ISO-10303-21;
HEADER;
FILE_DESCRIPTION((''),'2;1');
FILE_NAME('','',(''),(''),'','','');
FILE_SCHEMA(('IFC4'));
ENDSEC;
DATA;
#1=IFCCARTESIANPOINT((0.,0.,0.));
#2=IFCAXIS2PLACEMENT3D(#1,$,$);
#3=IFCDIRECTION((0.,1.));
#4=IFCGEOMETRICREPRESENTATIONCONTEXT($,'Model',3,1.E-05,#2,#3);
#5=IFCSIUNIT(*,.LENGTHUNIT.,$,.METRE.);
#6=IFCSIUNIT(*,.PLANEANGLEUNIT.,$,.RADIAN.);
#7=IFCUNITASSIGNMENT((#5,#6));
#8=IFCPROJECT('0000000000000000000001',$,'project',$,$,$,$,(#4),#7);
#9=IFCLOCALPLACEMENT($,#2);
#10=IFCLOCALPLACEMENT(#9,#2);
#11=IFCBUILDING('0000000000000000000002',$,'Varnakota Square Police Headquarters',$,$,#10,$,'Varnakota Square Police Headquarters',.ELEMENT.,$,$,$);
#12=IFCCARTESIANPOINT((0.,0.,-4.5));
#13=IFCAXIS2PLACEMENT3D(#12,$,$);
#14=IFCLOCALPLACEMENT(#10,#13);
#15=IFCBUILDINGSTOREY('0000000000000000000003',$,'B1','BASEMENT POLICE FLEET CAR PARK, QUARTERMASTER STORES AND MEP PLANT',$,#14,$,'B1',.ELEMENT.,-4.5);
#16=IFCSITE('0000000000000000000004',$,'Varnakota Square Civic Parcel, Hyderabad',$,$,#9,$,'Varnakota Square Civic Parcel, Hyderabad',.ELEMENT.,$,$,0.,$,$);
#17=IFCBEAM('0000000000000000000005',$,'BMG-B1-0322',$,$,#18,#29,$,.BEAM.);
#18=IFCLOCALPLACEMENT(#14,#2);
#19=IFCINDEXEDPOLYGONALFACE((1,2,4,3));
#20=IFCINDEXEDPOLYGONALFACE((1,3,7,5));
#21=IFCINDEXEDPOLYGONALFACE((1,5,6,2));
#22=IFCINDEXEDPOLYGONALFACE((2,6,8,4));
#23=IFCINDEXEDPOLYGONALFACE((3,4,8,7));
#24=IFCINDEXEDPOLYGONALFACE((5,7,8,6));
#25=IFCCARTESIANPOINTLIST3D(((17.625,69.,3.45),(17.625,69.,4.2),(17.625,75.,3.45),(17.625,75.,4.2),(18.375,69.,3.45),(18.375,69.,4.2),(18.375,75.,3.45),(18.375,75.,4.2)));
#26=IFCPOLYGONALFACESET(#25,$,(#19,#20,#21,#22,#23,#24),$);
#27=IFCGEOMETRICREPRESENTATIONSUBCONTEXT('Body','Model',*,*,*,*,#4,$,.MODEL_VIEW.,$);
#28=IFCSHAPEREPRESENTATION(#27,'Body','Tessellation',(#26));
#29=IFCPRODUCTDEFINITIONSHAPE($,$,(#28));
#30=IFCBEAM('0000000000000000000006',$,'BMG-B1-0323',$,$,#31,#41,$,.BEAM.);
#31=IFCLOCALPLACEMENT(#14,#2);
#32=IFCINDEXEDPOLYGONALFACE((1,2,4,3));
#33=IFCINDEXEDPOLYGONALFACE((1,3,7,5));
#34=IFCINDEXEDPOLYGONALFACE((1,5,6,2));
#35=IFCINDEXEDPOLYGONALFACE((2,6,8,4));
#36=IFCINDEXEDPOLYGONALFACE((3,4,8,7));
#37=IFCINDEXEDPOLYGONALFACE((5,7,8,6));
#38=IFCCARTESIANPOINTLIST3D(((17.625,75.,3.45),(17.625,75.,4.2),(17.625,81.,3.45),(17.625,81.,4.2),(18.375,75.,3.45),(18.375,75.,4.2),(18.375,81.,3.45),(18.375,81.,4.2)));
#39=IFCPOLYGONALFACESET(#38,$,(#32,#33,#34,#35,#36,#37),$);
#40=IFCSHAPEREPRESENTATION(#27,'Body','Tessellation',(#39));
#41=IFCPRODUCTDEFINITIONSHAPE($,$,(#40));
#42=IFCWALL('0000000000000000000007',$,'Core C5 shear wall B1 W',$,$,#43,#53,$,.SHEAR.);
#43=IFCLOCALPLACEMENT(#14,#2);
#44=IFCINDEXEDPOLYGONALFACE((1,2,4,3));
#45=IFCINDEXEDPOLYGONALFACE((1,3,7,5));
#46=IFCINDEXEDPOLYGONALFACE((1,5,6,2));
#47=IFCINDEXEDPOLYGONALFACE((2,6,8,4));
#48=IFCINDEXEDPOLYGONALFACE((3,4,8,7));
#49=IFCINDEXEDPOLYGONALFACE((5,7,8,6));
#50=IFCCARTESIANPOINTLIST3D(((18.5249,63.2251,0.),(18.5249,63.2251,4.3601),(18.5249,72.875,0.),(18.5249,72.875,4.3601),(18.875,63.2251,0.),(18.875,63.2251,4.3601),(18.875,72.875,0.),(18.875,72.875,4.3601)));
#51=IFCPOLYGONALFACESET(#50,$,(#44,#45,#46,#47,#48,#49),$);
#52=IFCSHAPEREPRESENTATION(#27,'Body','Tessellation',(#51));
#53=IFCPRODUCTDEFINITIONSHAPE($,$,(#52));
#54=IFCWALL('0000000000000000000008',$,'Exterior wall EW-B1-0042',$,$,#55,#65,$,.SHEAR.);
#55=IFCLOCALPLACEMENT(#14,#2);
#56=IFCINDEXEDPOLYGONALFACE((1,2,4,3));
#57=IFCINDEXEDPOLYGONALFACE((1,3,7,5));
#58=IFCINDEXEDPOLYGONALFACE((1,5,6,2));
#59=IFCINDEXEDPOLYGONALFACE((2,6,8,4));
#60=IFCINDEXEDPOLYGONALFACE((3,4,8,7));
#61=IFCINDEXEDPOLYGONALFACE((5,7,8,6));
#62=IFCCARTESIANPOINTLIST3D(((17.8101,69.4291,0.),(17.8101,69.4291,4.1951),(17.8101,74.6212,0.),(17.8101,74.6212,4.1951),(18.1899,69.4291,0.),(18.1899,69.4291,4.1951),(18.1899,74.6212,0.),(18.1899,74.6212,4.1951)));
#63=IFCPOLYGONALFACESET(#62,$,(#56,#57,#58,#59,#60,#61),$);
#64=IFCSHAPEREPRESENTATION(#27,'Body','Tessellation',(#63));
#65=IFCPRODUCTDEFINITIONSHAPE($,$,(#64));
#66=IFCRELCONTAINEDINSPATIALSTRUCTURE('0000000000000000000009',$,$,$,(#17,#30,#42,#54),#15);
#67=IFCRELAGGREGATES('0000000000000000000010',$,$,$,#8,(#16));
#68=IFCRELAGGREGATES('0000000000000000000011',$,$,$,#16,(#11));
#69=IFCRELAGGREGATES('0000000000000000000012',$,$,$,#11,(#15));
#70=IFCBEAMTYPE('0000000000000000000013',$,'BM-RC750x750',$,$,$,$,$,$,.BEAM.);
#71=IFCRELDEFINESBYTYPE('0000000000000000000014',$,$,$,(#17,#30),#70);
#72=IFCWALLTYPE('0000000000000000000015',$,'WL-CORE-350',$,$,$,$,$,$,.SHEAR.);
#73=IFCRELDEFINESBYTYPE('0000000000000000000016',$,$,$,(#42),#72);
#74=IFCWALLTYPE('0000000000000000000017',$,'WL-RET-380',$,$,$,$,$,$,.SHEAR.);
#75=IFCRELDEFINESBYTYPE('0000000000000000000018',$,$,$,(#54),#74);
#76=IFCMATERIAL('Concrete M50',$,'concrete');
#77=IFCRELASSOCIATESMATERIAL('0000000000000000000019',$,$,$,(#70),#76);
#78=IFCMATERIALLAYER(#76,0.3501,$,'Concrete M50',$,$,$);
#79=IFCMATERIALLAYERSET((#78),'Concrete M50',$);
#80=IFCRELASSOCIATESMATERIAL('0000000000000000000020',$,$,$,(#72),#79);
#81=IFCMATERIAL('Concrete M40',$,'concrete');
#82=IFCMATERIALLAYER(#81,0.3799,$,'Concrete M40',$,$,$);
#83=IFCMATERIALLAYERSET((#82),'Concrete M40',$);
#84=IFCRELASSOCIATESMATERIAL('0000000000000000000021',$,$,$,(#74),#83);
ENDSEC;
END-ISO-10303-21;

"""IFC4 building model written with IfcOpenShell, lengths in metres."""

from ifc_helpers import new_model, si_unit, direction, frame, frame_2d, origin, origin_2d, place, context, subcontext, project, spatial, rectangle, extrude, material, layer, layer_set, material_profile, profile_set, type_object, element, save


model = new_model("IFC4")

# Units and contexts
model_context = context("Model", 3, precision=1e-05, world=origin(), true_north=direction((0.0, 1.0)))
body_context = subcontext(model_context, "Body", "Model", "MODEL_VIEW")
ifc_project = project(units=[si_unit("LENGTHUNIT", "METRE"), si_unit("PLANEANGLEUNIT", "RADIAN")], contexts=[model_context])

# Site, building, storey
site_placement = place(None, origin())
site = spatial("IfcSite", under=ifc_project, at=site_placement, Name="Varnakota Square Civic Parcel, Hyderabad", LongName="Varnakota Square Civic Parcel, Hyderabad", CompositionType="ELEMENT", RefElevation=0.0)
building_placement = place(site_placement, origin())
building = spatial("IfcBuilding", under=site, at=building_placement, Name="Varnakota Square Police Headquarters", LongName="Varnakota Square Police Headquarters", CompositionType="ELEMENT")
storey_placement = place(building_placement, frame((0.0, 0.0, -4.5)))
storey = spatial("IfcBuildingStorey", under=building, at=storey_placement, Name="B1", Description="BASEMENT POLICE FLEET CAR PARK, QUARTERMASTER STORES AND MEP PLANT", LongName="B1", CompositionType="ELEMENT", Elevation=-4.5)

# Shared definitions
ifc_material_1 = material(Name="Concrete M40", Category="concrete")

# Shared definitions
ifc_material_2 = material(Name="Concrete M50", Category="concrete")

# Beams
ifc_material_profile_1 = material_profile(ifc_material_2, rectangle(XDim=0.75, YDim=0.75, at=origin_2d()), Name="RC 750x750")
ifc_profile_set_1 = profile_set([ifc_material_profile_1], Name="Concrete M50")
beam_type_1 = type_object("IfcBeamType", Name="BM-RC750x750", PredefinedType="BEAM", material=ifc_profile_set_1)
for number, where, z_axis, x_axis, name in (
    (1, (18.0, 69.0, 3.825), (0.0, 1.0, 0.0), (-1.0, 0.0, 0.0), "BMG-B1-0322"),
    (2, (18.0, 75.0, 3.825), (0.0, 1.0, 0.0), (-1.0, 0.0, 0.0), "BMG-B1-0323"),
):
    element("IfcBeam", number, at=place(storey_placement, frame(where, z_axis=z_axis, x_axis=x_axis)), inside=storey, type_object=beam_type_1, Name=name, PredefinedType="BEAM", context=body_context, shape_type="SweptSolid", body=[
        extrude(rectangle(XDim=0.75, YDim=0.75, at=origin_2d()), origin(), (0.0, 0.0, 1.0), 6.0),
    ])

# Walls
ifc_layer_1 = layer(ifc_material_2, 0.3501, Name="Concrete M50")
ifc_layer_set_1 = layer_set([ifc_layer_1], Name="Concrete M50")
wall_type_1 = type_object("IfcWallType", Name="WL-CORE-350", PredefinedType="SHEAR", material=ifc_layer_set_1)
wall_1_placement = place(storey_placement, frame((18.7, 72.875, 0.0), z_axis=(0.0, 0.0, 1.0), x_axis=(0.0, -1.0, 0.0)))
element("IfcWall", 3, at=wall_1_placement, inside=storey, type_object=wall_type_1, Name="Core C5 shear wall B1 W", PredefinedType="SHEAR", context=body_context, shape_type="SweptSolid", body=[
    extrude(rectangle(XDim=9.6499, YDim=0.3501, at=frame_2d((4.825, 0.0))), origin(), (0.0, 0.0, 1.0), 4.3601),
])
ifc_layer_2 = layer(ifc_material_1, 0.3799, Name="Concrete M40")
ifc_layer_set_2 = layer_set([ifc_layer_2], Name="Concrete M40")
wall_type_2 = type_object("IfcWallType", Name="WL-RET-380", PredefinedType="SHEAR", material=ifc_layer_set_2)
wall_2_placement = place(storey_placement, frame((18.0, 69.429, 0.0), z_axis=(0.0, 0.0, 1.0), x_axis=(0.0, 1.0, 0.0)))
element("IfcWall", 4, at=wall_2_placement, inside=storey, type_object=wall_type_2, Name="Exterior wall EW-B1-0042", PredefinedType="SHEAR", context=body_context, shape_type="SweptSolid", body=[
    extrude(rectangle(XDim=5.1921, YDim=0.3799, at=frame_2d((2.5962, 0.0))), origin(), (0.0, 0.0, 1.0), 4.1951),
])

save(model, "model.ifc")
